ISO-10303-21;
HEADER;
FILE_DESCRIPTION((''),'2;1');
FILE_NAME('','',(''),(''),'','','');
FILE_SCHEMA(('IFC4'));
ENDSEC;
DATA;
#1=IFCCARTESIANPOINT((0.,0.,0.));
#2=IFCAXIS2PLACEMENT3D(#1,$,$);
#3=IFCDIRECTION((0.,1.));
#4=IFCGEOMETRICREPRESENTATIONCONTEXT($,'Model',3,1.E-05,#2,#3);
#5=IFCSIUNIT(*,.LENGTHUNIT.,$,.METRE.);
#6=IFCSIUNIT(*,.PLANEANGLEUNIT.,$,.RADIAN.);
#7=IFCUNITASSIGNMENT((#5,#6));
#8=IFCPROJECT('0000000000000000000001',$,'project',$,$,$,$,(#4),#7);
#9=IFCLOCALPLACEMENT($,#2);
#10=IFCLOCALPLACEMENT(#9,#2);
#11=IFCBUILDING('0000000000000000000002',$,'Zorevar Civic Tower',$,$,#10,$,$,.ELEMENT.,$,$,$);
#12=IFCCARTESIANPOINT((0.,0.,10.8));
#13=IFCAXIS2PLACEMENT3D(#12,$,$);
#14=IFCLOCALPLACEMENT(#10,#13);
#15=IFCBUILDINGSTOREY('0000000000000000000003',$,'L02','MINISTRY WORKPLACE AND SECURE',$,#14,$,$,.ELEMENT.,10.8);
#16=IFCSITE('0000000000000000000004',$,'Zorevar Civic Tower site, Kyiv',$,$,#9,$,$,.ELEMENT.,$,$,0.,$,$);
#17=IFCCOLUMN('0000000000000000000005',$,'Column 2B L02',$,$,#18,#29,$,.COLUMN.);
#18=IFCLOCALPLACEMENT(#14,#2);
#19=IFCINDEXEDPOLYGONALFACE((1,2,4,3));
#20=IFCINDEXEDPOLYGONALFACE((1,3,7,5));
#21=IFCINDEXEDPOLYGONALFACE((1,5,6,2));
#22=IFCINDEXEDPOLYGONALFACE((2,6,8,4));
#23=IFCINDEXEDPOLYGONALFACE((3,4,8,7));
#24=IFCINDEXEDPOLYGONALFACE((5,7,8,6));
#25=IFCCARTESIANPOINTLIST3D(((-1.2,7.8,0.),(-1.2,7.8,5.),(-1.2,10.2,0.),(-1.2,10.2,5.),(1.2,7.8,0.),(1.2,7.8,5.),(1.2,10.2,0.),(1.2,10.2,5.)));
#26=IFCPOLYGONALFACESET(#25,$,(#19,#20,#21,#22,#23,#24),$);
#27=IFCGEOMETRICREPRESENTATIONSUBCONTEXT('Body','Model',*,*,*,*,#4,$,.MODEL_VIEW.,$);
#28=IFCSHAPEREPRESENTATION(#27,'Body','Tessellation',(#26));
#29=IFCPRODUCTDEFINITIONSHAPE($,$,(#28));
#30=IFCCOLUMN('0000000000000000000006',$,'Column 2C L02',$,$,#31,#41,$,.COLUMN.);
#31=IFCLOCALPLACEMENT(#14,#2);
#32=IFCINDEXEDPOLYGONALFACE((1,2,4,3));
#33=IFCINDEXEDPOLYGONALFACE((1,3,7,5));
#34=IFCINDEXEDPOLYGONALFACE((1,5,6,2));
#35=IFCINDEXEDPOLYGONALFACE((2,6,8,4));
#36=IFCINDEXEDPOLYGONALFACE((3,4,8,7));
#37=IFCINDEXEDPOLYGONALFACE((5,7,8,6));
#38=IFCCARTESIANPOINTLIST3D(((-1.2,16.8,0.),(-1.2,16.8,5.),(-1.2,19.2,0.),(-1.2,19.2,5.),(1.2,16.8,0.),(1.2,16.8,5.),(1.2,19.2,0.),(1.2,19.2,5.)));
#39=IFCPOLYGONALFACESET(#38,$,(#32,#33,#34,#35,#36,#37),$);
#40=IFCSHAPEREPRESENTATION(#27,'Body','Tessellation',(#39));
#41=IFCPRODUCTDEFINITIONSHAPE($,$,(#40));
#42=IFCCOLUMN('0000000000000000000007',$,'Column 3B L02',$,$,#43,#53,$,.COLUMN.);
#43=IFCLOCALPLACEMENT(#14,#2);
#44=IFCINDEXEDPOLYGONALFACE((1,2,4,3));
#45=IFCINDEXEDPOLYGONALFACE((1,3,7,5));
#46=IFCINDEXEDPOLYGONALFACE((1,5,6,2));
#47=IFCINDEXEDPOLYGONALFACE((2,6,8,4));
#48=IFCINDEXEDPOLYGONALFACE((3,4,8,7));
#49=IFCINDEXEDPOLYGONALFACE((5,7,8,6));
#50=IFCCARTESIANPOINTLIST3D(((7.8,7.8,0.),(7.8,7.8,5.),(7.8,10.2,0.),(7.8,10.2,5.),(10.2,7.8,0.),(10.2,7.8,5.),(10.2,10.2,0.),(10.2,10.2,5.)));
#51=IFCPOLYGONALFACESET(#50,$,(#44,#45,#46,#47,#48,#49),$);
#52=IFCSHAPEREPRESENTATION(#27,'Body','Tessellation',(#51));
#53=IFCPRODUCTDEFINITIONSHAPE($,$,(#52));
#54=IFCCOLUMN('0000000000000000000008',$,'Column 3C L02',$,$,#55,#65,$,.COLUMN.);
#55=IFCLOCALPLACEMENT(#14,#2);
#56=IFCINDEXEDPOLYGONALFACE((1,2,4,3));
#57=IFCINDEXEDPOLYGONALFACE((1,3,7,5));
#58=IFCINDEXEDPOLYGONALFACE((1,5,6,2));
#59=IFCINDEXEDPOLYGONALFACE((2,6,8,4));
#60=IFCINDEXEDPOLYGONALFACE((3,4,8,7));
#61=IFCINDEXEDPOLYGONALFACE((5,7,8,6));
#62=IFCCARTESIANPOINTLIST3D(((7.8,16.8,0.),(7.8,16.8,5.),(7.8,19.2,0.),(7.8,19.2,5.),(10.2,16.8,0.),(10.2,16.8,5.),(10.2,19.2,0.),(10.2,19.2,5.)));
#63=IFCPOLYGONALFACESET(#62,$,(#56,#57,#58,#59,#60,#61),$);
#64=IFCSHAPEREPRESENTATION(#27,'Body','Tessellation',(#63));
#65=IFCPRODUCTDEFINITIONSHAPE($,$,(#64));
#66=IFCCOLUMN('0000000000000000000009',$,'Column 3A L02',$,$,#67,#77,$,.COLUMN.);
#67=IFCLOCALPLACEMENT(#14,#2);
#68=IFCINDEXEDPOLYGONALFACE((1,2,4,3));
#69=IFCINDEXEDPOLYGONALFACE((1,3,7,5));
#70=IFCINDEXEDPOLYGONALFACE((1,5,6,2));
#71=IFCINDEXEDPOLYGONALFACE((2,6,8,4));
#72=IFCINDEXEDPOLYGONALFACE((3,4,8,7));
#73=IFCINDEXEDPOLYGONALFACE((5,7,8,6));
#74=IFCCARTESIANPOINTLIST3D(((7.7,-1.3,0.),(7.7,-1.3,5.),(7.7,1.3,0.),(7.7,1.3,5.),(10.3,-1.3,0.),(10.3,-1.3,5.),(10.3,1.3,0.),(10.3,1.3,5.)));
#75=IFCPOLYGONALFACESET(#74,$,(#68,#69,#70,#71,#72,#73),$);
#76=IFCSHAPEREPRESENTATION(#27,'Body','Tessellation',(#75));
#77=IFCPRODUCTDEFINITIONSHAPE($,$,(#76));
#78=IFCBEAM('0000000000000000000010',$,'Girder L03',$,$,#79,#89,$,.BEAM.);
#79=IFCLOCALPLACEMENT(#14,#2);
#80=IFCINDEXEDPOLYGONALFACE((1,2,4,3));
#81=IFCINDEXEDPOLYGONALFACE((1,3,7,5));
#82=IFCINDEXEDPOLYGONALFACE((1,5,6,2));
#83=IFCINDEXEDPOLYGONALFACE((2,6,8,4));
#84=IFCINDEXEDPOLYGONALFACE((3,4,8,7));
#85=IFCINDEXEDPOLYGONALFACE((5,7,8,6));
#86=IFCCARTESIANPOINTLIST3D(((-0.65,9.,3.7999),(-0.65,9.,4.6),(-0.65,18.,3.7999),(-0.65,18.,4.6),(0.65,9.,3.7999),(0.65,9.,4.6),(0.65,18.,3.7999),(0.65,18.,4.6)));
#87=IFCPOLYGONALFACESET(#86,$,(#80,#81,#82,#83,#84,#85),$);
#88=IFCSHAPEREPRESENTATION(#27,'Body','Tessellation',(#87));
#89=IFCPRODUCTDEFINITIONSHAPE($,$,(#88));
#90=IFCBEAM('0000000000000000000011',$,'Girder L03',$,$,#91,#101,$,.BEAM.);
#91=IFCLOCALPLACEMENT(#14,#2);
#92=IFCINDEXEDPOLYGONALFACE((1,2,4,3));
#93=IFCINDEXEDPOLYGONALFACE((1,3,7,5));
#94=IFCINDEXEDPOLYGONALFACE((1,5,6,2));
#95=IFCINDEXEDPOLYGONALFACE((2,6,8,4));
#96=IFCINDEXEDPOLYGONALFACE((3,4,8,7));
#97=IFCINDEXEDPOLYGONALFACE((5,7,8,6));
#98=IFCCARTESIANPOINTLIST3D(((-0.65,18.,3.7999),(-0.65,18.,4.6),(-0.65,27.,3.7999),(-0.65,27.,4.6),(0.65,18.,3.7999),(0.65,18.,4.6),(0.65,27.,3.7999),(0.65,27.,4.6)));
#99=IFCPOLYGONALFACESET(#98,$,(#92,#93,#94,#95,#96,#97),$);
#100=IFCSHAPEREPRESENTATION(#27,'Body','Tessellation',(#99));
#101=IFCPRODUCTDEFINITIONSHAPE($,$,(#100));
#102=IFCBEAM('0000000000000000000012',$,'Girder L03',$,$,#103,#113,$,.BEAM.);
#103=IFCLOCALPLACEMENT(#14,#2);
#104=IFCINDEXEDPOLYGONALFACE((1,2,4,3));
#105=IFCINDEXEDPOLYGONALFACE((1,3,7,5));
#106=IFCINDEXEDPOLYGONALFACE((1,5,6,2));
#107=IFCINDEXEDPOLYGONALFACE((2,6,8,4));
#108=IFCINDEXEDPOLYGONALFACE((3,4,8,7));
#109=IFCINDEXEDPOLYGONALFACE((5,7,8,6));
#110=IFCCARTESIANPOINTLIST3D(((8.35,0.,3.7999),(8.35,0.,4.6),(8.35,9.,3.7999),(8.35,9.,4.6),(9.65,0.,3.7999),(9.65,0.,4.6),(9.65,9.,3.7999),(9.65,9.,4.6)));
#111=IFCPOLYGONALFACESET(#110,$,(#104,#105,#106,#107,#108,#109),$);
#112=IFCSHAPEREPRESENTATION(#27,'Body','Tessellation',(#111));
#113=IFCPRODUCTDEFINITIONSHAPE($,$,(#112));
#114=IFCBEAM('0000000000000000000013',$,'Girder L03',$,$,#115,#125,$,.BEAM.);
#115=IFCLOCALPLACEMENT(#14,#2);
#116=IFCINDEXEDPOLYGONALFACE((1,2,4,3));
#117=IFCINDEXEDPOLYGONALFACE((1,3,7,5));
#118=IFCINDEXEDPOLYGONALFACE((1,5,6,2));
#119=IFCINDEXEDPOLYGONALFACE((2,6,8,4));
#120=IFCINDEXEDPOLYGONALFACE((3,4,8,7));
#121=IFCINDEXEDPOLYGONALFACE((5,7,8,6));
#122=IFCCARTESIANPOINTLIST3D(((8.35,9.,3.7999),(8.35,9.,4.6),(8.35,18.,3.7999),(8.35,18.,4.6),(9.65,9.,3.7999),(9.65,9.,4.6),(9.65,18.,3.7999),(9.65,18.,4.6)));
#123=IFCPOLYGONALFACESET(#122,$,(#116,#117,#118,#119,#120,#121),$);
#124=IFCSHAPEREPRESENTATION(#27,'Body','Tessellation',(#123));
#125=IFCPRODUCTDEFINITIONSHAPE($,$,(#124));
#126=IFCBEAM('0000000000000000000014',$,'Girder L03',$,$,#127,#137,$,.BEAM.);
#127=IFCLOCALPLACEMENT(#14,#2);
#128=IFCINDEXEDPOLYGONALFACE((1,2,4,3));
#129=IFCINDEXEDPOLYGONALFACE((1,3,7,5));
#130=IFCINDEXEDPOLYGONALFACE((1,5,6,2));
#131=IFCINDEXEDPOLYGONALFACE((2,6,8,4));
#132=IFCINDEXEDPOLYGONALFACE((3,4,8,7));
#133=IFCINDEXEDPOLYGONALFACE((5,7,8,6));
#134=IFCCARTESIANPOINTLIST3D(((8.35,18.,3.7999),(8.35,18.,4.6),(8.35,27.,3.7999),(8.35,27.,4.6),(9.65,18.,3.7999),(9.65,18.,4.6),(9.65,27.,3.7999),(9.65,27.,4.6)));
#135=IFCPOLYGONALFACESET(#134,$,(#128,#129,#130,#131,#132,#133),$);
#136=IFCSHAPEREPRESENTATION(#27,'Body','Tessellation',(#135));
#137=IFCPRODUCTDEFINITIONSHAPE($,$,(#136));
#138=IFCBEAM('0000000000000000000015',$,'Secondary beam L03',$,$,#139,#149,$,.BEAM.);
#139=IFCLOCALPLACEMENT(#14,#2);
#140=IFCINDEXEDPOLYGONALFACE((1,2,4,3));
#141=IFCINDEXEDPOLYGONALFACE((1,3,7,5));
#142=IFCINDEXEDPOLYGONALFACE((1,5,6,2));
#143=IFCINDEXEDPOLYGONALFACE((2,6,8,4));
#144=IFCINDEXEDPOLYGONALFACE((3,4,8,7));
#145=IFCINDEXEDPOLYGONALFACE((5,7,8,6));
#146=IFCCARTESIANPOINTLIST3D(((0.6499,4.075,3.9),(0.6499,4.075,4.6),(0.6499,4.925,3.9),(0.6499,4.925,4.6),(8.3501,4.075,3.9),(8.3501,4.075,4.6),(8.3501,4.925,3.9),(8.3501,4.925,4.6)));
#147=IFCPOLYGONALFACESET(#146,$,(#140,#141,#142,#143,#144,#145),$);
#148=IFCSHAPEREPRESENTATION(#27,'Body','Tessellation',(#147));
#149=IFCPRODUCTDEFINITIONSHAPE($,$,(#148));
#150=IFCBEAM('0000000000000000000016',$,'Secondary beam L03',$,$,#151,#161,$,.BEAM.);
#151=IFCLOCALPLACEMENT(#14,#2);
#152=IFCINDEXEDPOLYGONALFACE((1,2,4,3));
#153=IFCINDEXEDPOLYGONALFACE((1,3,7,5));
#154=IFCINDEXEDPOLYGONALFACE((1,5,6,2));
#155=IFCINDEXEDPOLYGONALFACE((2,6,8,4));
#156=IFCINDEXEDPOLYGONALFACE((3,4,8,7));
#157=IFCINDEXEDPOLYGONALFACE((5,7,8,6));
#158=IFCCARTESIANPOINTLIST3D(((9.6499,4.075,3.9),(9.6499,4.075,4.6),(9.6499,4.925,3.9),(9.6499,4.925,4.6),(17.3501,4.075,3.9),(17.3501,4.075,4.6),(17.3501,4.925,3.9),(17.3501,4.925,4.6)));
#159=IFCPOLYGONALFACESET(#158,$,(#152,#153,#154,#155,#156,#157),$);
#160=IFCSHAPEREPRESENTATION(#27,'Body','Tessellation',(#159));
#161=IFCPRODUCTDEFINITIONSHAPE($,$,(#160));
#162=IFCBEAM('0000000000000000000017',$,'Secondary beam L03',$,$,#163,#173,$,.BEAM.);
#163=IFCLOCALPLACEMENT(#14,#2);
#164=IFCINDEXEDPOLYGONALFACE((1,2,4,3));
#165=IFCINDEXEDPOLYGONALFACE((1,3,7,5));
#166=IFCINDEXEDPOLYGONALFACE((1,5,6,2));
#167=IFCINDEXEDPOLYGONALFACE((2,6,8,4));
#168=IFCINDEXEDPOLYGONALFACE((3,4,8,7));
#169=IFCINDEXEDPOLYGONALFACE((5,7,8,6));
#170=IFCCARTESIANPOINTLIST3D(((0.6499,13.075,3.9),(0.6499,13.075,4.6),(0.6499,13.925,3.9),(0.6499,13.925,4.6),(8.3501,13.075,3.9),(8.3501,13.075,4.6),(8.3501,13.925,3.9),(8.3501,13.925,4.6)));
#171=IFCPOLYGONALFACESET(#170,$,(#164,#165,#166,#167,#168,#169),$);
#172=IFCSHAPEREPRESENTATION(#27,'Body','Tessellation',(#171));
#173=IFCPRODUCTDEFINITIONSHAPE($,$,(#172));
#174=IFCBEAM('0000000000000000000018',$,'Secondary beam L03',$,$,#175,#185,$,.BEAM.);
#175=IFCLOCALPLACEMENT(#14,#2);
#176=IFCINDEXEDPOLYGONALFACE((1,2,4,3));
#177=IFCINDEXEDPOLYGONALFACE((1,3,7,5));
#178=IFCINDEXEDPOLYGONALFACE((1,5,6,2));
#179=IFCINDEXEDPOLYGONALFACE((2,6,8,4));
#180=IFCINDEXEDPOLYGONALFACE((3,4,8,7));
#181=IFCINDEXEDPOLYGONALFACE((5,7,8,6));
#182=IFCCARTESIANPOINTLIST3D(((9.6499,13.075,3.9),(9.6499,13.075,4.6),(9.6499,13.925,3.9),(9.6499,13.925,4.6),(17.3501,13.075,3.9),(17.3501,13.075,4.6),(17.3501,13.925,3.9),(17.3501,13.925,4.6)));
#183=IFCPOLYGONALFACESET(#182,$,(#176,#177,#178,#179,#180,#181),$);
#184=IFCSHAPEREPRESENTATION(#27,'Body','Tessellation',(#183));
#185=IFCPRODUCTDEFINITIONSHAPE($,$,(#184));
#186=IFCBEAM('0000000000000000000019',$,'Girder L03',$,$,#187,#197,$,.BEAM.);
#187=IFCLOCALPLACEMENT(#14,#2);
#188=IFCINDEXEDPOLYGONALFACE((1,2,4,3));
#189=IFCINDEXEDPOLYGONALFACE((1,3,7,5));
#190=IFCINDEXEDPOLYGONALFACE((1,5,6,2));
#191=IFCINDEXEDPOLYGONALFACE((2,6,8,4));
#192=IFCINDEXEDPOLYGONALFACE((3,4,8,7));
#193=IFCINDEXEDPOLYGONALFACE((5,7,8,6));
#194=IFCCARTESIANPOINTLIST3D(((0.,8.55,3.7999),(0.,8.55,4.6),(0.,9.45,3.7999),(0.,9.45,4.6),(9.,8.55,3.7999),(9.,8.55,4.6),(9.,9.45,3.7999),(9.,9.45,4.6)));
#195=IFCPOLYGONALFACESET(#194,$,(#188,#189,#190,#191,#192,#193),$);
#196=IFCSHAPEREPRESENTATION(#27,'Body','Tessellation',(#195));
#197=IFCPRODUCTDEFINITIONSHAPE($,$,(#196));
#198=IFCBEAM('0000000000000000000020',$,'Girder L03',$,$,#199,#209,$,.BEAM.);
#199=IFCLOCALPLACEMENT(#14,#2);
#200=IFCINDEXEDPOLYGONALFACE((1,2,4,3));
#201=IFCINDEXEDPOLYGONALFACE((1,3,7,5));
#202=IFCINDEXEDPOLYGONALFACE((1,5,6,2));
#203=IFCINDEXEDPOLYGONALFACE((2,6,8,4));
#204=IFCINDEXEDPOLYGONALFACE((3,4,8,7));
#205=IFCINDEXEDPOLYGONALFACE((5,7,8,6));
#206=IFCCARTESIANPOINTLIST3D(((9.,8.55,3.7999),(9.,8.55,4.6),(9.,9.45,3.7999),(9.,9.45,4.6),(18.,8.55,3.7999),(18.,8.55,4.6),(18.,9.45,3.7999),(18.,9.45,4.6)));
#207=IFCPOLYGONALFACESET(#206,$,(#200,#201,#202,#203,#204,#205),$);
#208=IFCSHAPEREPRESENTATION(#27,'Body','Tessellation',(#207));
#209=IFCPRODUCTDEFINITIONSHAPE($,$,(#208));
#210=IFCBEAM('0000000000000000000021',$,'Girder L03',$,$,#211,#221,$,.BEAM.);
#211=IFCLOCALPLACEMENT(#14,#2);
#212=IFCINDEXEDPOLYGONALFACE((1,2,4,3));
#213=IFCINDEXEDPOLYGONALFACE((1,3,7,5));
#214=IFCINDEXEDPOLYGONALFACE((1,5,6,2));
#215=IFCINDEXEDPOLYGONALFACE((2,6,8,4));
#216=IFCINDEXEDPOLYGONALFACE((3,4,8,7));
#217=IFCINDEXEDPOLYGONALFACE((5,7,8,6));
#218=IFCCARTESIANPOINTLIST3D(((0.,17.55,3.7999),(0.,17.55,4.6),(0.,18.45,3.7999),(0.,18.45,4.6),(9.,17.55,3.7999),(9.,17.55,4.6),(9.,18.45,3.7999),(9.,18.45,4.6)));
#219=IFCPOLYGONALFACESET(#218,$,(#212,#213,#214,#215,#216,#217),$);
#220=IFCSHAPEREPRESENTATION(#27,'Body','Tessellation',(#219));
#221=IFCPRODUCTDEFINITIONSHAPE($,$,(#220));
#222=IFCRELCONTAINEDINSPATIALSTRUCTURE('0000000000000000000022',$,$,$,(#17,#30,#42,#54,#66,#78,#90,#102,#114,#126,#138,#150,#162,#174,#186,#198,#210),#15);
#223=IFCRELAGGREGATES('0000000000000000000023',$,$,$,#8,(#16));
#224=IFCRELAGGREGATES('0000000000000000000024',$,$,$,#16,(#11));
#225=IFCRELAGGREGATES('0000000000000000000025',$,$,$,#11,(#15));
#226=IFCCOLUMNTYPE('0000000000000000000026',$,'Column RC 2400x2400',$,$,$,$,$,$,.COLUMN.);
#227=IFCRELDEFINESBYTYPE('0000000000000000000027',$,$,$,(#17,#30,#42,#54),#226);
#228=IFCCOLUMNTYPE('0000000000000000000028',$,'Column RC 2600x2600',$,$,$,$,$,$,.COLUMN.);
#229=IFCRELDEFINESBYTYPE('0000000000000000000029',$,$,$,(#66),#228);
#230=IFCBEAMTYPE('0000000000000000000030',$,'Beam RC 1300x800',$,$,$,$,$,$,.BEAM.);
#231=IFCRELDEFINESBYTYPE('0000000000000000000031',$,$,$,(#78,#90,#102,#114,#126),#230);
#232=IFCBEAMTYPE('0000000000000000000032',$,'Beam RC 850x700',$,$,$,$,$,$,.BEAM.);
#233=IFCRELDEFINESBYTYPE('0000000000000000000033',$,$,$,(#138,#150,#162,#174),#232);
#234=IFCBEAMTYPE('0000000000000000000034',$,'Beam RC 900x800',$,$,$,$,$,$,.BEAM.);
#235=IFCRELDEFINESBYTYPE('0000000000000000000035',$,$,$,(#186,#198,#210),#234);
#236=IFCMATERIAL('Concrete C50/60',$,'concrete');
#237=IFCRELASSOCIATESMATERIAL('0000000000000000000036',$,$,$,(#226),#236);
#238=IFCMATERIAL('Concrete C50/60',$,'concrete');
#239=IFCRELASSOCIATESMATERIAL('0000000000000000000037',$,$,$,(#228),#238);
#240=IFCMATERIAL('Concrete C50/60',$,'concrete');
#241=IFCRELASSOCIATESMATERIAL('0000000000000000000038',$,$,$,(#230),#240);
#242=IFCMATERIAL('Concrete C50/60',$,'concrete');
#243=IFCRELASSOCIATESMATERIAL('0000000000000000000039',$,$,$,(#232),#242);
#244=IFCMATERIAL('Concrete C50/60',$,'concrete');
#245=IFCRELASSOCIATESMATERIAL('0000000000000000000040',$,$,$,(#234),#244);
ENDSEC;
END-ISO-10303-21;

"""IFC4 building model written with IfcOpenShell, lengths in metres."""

from ifc_helpers import new_model, si_unit, direction, frame, origin, origin_2d, place, context, subcontext, project, spatial, rectangle, extrude, material, material_profile, profile_set, type_object, element, save


model = new_model("IFC4")

# Units and contexts
model_context = context("Model", 3, precision=1e-05, world=origin(), true_north=direction((0.0, 1.0)))
body_context = subcontext(model_context, "Body", "Model", "MODEL_VIEW")
ifc_project = project(units=[si_unit("LENGTHUNIT", "METRE"), si_unit("PLANEANGLEUNIT", "RADIAN")], contexts=[model_context])

# Site, building, storey
site_placement = place(None, origin())
site = spatial("IfcSite", under=ifc_project, at=site_placement, Name="Zorevar Civic Tower site, Kyiv", CompositionType="ELEMENT", RefElevation=0.0)
building_placement = place(site_placement, origin())
building = spatial("IfcBuilding", under=site, at=building_placement, Name="Zorevar Civic Tower", CompositionType="ELEMENT")
storey_placement = place(building_placement, frame((0.0, 0.0, 10.8)))
storey = spatial("IfcBuildingStorey", under=building, at=storey_placement, Name="L02", Description="MINISTRY WORKPLACE AND SECURE", CompositionType="ELEMENT", Elevation=10.8)

# Columns
ifc_material_1 = material(Name="Concrete C50/60", Category="concrete")
ifc_material_profile_1 = material_profile(ifc_material_1, rectangle(XDim=2.3999, YDim=2.3999, at=origin_2d()), Name="RC 2400x2400")
ifc_profile_set_1 = profile_set([ifc_material_profile_1], Name="Concrete C50/60")
column_type_1 = type_object("IfcColumnType", Name="Column RC 2400x2400", PredefinedType="COLUMN", material=ifc_profile_set_1)
for number, where, z_axis, x_axis, name in (
    (1, (0.0, 9.0, 0.0), (0.0, 0.0, 1.0), (1.0, 0.0, 0.0), "Column 2B L02"),
    (2, (0.0, 18.0, 0.0), (0.0, 0.0, 1.0), (1.0, 0.0, 0.0), "Column 2C L02"),
    (3, (9.0, 9.0, 0.0), (0.0, 0.0, 1.0), (1.0, 0.0, 0.0), "Column 3B L02"),
    (4, (9.0, 18.0, 0.0), (0.0, 0.0, 1.0), (1.0, 0.0, 0.0), "Column 3C L02"),
):
    element("IfcColumn", number, at=place(storey_placement, frame(where, z_axis=z_axis, x_axis=x_axis)), inside=storey, type_object=column_type_1, Name=name, PredefinedType="COLUMN", context=body_context, shape_type="SweptSolid", body=[
        extrude(rectangle(XDim=2.3999, YDim=2.3999, at=origin_2d()), origin(), (0.0, 0.0, 1.0), 5.0),
    ])
ifc_material_2 = material(Name="Concrete C50/60", Category="concrete")
ifc_material_profile_2 = material_profile(ifc_material_2, rectangle(XDim=2.6001, YDim=2.6001, at=origin_2d()), Name="RC 2600x2600")
ifc_profile_set_2 = profile_set([ifc_material_profile_2], Name="Concrete C50/60")
column_type_2 = type_object("IfcColumnType", Name="Column RC 2600x2600", PredefinedType="COLUMN", material=ifc_profile_set_2)
column_placement = place(storey_placement, frame((9.0, 0.0, 0.0), z_axis=(0.0, 0.0, 1.0), x_axis=(1.0, 0.0, 0.0)))
element("IfcColumn", 5, at=column_placement, inside=storey, type_object=column_type_2, Name="Column 3A L02", PredefinedType="COLUMN", context=body_context, shape_type="SweptSolid", body=[
    extrude(rectangle(XDim=2.6001, YDim=2.6001, at=origin_2d()), origin(), (0.0, 0.0, 1.0), 5.0),
])

# Beams
ifc_material_3 = material(Name="Concrete C50/60", Category="concrete")
ifc_material_profile_3 = material_profile(ifc_material_3, rectangle(XDim=1.3, YDim=0.8, at=origin_2d()), Name="RC 1300x800")
ifc_profile_set_3 = profile_set([ifc_material_profile_3], Name="Concrete C50/60")
beam_type_1 = type_object("IfcBeamType", Name="Beam RC 1300x800", PredefinedType="BEAM", material=ifc_profile_set_3)
for number, where, z_axis, x_axis, name in (
    (6, (0.0, 9.0, 4.2), (0.0, 1.0, 0.0), (-1.0, 0.0, 0.0), "Girder L03"),
    (7, (0.0, 18.0, 4.2), (0.0, 1.0, 0.0), (-1.0, 0.0, 0.0), "Girder L03"),
    (8, (9.0, 0.0, 4.2), (0.0, 1.0, 0.0), (-1.0, 0.0, 0.0), "Girder L03"),
    (9, (9.0, 9.0, 4.2), (0.0, 1.0, 0.0), (-1.0, 0.0, 0.0), "Girder L03"),
    (10, (9.0, 18.0, 4.2), (0.0, 1.0, 0.0), (-1.0, 0.0, 0.0), "Girder L03"),
):
    element("IfcBeam", number, at=place(storey_placement, frame(where, z_axis=z_axis, x_axis=x_axis)), inside=storey, type_object=beam_type_1, Name=name, PredefinedType="BEAM", context=body_context, shape_type="SweptSolid", body=[
        extrude(rectangle(XDim=1.3, YDim=0.8, at=origin_2d()), origin(), (0.0, 0.0, 1.0), 9.0),
    ])
ifc_material_4 = material(Name="Concrete C50/60", Category="concrete")
ifc_material_profile_4 = material_profile(ifc_material_4, rectangle(XDim=0.8501, YDim=0.7, at=origin_2d()), Name="RC 850x700")
ifc_profile_set_4 = profile_set([ifc_material_profile_4], Name="Concrete C50/60")
beam_type_2 = type_object("IfcBeamType", Name="Beam RC 850x700", PredefinedType="BEAM", material=ifc_profile_set_4)
for number, where, z_axis, x_axis, name in (
    (11, (0.6499, 4.5, 4.25), (1.0, 0.0, 0.0), (0.0, 1.0, 0.0), "Secondary beam L03"),
    (12, (9.6499, 4.5, 4.25), (1.0, 0.0, 0.0), (0.0, 1.0, 0.0), "Secondary beam L03"),
    (13, (0.6499, 13.5, 4.25), (1.0, 0.0, 0.0), (0.0, 1.0, 0.0), "Secondary beam L03"),
    (14, (9.6499, 13.5, 4.25), (1.0, 0.0, 0.0), (0.0, 1.0, 0.0), "Secondary beam L03"),
):
    element("IfcBeam", number, at=place(storey_placement, frame(where, z_axis=z_axis, x_axis=x_axis)), inside=storey, type_object=beam_type_2, Name=name, PredefinedType="BEAM", context=body_context, shape_type="SweptSolid", body=[
        extrude(rectangle(XDim=0.8501, YDim=0.7, at=origin_2d()), origin(), (0.0, 0.0, 1.0), 7.7002),
    ])
ifc_material_5 = material(Name="Concrete C50/60", Category="concrete")
ifc_material_profile_5 = material_profile(ifc_material_5, rectangle(XDim=0.8999, YDim=0.8, at=origin_2d()), Name="RC 900x800")
ifc_profile_set_5 = profile_set([ifc_material_profile_5], Name="Concrete C50/60")
beam_type_3 = type_object("IfcBeamType", Name="Beam RC 900x800", PredefinedType="BEAM", material=ifc_profile_set_5)
for number, where, z_axis, x_axis, name in (
    (15, (0.0, 9.0, 4.2), (1.0, 0.0, 0.0), (0.0, 1.0, 0.0), "Girder L03"),
    (16, (9.0, 9.0, 4.2), (1.0, 0.0, 0.0), (0.0, 1.0, 0.0), "Girder L03"),
    (17, (0.0, 18.0, 4.2), (1.0, 0.0, 0.0), (0.0, 1.0, 0.0), "Girder L03"),
):
    element("IfcBeam", number, at=place(storey_placement, frame(where, z_axis=z_axis, x_axis=x_axis)), inside=storey, type_object=beam_type_3, Name=name, PredefinedType="BEAM", context=body_context, shape_type="SweptSolid", body=[
        extrude(rectangle(XDim=0.8999, YDim=0.8, at=origin_2d()), origin(), (0.0, 0.0, 1.0), 9.0),
    ])

save(model, "model.ifc")
